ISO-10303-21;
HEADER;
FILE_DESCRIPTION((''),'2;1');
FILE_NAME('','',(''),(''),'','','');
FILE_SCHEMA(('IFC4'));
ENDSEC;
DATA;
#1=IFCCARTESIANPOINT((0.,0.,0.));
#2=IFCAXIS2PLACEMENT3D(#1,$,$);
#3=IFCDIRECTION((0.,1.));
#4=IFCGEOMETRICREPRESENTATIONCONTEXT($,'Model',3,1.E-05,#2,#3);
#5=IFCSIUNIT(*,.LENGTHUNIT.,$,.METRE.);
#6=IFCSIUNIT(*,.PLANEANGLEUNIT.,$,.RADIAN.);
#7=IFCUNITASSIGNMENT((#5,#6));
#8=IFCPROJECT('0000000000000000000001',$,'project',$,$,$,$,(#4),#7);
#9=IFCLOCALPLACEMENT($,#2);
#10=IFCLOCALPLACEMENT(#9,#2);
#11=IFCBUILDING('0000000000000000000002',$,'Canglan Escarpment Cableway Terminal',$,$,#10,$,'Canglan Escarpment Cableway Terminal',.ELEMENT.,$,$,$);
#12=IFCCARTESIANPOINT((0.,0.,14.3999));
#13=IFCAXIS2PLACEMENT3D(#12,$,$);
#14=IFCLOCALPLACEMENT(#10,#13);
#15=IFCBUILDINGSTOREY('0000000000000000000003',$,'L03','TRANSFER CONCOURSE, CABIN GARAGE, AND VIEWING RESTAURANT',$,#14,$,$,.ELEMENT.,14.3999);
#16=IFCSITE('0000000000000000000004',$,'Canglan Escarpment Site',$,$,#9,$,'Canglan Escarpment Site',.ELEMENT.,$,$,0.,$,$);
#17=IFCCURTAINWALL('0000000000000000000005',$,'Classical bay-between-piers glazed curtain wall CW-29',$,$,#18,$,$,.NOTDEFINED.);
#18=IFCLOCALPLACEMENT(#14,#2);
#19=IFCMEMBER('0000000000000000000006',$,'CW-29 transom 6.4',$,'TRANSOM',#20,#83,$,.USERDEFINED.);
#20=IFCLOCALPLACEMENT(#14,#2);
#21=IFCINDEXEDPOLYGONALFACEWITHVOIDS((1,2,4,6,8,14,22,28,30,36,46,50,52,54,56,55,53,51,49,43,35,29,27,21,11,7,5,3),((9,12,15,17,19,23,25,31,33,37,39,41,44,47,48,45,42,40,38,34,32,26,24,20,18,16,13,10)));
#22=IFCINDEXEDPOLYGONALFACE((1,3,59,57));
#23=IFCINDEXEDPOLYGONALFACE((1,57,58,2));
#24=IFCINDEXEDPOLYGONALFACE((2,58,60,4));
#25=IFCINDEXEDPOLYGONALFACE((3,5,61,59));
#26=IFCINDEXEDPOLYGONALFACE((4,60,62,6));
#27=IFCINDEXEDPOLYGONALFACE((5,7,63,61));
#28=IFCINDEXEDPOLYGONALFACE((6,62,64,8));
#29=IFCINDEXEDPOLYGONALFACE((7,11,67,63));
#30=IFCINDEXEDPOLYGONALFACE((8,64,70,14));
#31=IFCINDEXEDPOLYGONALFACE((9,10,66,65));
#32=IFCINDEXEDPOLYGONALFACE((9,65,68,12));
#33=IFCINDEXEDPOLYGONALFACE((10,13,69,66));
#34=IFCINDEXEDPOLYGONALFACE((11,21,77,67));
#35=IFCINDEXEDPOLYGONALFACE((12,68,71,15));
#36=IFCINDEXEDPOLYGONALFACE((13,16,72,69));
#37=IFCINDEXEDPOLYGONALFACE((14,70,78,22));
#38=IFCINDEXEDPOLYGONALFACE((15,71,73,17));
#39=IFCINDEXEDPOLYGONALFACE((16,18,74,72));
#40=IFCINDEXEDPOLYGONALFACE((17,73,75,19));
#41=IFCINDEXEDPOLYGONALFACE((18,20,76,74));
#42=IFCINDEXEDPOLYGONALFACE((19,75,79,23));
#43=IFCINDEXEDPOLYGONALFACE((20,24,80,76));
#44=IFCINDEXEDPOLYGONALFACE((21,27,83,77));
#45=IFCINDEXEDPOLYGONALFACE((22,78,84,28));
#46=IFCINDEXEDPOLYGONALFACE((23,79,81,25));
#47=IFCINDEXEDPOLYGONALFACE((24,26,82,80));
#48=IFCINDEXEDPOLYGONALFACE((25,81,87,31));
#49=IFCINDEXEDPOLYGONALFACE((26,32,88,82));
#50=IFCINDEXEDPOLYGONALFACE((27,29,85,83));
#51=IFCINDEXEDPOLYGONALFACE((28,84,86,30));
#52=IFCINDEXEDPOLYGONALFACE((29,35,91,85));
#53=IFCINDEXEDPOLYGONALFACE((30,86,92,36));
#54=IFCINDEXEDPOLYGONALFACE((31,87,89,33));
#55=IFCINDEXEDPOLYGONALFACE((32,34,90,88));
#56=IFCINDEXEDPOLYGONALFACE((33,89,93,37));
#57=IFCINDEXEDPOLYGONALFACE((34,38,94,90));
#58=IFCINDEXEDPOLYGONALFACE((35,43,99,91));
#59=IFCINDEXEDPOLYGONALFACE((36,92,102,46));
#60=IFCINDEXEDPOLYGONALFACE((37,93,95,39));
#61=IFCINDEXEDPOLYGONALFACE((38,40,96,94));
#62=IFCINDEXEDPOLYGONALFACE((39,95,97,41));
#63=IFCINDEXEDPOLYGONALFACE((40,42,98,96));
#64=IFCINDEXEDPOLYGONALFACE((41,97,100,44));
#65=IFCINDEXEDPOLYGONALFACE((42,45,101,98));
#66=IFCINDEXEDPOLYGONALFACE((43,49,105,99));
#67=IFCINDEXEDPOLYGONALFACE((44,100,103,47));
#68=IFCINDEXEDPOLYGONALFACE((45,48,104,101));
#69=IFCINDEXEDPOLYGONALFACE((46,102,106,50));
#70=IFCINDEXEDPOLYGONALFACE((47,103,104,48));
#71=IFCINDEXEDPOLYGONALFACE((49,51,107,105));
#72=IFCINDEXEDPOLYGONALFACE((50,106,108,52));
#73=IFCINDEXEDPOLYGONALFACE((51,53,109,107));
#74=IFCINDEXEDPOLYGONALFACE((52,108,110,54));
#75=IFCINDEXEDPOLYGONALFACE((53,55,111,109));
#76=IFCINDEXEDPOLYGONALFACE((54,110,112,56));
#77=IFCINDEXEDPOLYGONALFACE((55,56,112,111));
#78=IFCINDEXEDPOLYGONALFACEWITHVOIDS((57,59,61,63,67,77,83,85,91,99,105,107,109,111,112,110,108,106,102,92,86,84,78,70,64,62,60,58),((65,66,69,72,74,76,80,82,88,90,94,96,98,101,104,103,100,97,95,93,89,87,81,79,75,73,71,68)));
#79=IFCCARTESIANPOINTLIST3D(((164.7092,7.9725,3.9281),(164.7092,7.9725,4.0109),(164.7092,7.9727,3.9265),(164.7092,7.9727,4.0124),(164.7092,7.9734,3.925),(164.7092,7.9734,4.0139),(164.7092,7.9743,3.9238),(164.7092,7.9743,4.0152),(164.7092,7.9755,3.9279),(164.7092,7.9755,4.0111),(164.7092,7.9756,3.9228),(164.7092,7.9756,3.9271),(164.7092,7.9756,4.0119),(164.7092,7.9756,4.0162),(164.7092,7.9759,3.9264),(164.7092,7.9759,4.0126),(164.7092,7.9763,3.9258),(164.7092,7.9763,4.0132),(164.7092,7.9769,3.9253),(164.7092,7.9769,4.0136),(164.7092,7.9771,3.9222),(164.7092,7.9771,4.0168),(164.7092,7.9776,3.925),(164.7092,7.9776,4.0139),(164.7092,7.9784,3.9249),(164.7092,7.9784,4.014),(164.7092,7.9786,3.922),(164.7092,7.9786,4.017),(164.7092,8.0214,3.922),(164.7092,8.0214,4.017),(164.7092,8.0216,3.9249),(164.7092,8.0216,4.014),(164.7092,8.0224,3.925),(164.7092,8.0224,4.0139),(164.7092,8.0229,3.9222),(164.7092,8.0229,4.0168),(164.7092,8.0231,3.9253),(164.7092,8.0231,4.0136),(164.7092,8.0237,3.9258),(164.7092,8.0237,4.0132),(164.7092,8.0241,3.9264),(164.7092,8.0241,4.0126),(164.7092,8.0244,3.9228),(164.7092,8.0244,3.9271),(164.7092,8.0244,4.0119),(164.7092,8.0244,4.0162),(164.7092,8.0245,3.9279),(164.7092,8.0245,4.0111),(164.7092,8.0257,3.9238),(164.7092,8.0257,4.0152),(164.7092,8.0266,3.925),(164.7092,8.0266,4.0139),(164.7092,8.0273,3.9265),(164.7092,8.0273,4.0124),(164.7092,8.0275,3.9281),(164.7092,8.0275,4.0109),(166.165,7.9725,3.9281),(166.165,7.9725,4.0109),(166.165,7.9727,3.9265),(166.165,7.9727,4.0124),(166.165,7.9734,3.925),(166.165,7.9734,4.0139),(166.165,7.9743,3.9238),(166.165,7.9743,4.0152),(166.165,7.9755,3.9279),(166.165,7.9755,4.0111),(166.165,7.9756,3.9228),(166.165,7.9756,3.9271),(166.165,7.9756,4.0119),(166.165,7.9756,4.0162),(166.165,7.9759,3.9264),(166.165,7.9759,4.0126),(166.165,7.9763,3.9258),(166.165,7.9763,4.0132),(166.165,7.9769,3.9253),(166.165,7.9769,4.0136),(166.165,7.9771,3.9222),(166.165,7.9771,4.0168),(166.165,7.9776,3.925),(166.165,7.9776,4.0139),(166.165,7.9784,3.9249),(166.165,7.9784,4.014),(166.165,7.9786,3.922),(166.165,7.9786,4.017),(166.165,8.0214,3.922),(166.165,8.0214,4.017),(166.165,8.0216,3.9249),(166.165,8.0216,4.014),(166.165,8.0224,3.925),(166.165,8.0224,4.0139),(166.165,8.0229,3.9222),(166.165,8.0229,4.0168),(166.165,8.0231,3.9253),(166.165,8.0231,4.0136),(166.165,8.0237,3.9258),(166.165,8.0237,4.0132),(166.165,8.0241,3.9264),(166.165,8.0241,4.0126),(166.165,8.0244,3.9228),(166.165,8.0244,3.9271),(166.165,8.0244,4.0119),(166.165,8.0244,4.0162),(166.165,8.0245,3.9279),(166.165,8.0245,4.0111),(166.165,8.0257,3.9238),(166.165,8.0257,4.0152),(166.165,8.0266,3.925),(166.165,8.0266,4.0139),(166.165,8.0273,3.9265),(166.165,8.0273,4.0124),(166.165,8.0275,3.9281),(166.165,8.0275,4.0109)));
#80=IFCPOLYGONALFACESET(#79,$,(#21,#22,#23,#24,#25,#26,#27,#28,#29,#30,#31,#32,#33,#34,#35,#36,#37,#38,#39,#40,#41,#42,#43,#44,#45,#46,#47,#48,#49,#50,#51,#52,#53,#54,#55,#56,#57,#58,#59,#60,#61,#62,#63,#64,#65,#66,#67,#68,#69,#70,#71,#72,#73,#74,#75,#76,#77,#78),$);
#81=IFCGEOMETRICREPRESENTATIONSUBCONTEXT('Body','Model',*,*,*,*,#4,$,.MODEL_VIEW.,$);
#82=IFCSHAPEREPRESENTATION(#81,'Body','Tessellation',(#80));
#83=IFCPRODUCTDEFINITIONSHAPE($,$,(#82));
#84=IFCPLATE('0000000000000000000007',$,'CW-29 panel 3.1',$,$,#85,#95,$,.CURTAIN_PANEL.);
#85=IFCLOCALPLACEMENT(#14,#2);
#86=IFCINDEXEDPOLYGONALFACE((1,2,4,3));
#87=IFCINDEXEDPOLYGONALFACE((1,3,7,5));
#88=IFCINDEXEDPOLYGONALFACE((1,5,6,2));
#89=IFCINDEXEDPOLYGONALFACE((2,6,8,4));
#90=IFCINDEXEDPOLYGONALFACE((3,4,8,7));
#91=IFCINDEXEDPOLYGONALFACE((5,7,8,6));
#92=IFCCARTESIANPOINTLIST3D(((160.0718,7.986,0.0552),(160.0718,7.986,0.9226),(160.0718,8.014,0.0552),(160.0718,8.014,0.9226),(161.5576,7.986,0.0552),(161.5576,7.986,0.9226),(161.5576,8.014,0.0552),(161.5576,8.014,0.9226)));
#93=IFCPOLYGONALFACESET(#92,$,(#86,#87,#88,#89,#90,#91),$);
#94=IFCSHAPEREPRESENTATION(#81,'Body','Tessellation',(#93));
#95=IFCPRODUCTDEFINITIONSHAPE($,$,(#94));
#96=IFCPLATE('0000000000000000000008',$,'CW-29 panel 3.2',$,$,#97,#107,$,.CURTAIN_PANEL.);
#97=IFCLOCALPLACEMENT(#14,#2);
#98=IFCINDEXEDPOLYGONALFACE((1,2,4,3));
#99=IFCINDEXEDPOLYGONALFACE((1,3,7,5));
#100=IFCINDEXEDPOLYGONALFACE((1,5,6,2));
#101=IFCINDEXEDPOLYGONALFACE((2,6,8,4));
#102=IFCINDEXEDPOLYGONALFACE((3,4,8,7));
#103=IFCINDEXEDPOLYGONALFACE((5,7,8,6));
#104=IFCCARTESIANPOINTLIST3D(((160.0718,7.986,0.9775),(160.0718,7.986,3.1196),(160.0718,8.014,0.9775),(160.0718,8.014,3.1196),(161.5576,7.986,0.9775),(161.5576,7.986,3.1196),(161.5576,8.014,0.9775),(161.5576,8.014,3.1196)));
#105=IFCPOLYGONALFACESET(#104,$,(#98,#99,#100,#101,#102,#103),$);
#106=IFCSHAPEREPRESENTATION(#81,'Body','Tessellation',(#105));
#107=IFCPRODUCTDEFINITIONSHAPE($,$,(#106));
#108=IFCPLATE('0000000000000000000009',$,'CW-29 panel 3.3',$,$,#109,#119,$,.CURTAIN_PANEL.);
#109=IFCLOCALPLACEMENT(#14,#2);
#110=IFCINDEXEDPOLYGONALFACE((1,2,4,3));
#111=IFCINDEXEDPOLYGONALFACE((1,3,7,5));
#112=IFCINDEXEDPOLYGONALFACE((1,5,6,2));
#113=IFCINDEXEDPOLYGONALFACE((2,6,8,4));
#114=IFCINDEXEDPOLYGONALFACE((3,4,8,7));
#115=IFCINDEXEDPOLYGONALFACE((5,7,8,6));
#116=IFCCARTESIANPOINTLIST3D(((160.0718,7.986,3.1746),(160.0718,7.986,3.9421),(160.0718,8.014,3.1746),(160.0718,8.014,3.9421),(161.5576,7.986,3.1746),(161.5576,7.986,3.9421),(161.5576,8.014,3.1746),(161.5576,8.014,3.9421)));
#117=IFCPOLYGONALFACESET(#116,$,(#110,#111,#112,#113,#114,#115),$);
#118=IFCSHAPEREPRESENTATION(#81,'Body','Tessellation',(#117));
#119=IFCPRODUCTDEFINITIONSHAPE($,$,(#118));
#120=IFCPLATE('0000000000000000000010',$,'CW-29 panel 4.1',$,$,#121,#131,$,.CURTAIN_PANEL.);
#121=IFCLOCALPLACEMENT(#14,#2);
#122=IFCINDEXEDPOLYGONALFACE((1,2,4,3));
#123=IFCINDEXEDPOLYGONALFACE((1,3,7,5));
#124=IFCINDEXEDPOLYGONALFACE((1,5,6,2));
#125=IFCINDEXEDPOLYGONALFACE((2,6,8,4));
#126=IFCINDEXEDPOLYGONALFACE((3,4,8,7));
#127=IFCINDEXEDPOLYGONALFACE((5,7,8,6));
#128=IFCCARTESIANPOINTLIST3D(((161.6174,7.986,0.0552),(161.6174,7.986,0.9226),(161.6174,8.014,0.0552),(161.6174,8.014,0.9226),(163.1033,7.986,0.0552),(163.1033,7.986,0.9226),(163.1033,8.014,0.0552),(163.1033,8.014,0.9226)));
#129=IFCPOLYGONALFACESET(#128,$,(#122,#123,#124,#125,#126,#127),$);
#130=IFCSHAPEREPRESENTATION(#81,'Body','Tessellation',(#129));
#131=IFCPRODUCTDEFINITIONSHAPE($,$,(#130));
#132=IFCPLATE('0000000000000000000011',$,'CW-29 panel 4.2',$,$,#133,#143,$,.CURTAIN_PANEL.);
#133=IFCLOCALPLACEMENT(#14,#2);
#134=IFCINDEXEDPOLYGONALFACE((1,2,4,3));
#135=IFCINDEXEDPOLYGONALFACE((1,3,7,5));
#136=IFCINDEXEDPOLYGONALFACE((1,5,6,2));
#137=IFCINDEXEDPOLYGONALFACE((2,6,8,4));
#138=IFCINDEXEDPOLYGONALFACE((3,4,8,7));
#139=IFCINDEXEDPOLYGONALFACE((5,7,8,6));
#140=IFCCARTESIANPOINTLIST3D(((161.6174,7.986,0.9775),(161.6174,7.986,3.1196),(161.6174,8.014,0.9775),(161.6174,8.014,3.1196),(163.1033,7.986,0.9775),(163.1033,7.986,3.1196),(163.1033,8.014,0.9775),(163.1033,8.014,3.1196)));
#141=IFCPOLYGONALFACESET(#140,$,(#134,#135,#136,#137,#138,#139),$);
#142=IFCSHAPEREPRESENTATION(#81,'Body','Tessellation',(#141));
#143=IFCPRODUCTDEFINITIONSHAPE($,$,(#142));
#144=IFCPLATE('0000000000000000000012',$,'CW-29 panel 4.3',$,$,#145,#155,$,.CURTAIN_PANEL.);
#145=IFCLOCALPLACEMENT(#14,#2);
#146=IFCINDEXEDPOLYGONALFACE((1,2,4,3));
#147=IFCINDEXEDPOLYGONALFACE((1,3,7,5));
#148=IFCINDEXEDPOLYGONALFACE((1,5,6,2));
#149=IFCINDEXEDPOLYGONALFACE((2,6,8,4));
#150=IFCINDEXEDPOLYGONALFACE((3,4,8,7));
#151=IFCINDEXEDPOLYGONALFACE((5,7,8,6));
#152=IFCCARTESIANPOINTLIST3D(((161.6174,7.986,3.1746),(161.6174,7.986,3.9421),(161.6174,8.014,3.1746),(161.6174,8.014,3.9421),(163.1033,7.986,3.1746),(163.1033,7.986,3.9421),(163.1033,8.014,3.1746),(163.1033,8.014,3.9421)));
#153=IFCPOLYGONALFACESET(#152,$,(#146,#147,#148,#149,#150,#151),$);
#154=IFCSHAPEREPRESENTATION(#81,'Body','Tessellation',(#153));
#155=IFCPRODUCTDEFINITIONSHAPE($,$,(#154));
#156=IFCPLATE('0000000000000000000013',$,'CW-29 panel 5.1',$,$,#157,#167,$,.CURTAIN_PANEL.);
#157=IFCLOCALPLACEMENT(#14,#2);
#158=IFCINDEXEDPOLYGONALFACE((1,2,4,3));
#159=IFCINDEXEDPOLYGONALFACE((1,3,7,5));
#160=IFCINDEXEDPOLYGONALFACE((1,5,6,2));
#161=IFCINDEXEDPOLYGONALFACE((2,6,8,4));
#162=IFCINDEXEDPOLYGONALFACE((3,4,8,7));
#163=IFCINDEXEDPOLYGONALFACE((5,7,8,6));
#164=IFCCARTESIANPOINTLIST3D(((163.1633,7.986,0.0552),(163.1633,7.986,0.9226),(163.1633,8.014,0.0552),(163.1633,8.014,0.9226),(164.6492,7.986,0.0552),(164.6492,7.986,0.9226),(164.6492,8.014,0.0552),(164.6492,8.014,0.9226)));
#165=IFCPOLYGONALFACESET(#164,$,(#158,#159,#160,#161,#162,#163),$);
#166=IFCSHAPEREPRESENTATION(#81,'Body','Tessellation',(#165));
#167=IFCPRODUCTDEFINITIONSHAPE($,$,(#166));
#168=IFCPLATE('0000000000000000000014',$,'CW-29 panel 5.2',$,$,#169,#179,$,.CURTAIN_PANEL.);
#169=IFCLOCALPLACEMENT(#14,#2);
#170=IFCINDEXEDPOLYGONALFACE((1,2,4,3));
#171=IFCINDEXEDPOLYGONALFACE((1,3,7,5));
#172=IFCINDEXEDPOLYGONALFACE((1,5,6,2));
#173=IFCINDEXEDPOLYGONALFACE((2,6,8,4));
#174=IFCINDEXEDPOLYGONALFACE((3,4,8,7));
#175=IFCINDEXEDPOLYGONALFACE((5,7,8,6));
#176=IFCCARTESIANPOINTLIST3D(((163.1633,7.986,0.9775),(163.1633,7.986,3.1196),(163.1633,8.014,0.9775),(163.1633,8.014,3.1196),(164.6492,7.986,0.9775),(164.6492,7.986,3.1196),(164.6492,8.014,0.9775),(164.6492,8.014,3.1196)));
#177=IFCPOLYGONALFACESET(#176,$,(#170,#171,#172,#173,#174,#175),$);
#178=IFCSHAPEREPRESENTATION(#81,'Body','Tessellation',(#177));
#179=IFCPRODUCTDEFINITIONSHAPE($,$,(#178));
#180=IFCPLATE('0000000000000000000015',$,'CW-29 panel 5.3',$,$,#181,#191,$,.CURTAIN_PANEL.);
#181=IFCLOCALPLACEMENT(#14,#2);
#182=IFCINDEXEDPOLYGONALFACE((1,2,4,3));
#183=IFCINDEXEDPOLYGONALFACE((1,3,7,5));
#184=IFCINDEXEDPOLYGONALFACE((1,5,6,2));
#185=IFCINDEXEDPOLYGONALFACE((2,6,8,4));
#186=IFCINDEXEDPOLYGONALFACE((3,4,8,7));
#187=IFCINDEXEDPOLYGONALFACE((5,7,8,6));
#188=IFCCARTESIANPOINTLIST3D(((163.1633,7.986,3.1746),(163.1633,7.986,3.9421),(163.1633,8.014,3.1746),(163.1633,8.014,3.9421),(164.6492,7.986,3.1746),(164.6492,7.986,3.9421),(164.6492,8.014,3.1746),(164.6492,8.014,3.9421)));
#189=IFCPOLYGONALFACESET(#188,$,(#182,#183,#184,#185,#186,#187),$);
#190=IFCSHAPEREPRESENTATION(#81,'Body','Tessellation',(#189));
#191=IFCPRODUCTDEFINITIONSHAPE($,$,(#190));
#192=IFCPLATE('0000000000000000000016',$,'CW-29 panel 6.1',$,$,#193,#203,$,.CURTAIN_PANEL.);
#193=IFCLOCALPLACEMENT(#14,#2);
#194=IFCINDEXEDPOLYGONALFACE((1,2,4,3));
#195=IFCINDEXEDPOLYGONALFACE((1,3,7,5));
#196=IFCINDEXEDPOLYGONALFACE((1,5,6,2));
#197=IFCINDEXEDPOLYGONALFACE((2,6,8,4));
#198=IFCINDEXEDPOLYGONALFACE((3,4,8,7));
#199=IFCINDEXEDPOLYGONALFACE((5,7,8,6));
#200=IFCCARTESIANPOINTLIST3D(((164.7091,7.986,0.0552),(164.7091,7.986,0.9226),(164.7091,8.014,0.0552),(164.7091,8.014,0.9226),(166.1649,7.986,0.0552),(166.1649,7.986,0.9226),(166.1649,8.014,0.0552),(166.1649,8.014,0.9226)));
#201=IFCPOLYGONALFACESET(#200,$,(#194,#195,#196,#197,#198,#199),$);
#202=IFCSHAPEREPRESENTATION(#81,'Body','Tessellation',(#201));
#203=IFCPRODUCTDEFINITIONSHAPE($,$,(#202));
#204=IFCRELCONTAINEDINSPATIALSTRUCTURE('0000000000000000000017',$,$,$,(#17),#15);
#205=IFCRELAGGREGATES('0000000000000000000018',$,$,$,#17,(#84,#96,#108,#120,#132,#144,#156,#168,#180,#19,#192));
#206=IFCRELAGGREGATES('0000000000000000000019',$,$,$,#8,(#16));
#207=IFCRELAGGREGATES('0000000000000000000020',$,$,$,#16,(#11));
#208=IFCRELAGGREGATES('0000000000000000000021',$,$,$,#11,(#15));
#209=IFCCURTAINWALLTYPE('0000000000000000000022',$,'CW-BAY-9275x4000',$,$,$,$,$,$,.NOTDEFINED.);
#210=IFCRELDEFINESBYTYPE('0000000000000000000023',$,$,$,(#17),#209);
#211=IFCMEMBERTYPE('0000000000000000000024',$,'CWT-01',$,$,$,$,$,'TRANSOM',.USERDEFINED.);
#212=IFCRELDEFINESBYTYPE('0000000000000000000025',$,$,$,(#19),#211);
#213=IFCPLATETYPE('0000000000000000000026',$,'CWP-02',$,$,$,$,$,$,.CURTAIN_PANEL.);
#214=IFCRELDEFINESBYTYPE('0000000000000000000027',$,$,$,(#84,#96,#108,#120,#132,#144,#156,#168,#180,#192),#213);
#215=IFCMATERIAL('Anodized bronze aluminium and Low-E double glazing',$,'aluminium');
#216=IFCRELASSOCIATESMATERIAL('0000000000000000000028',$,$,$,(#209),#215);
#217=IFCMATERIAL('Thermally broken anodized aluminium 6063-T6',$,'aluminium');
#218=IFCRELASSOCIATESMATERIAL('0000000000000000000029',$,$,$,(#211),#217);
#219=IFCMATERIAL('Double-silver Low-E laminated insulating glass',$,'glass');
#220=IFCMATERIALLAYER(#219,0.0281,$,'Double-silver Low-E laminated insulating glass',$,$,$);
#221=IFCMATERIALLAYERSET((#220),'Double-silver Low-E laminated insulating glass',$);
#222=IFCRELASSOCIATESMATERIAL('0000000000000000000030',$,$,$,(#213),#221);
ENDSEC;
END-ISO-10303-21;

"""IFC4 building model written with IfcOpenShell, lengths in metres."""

from ifc_helpers import new_model, si_unit, direction, frame, origin, origin_2d, place, context, subcontext, project, spatial, rectangle, hollow_rectangle, extrude, material, layer, layer_set, material_profile, profile_set, type_object, element, aggregate, save


model = new_model("IFC4")

# Units and contexts
model_context = context("Model", 3, precision=1e-05, world=origin(), true_north=direction((0.0, 1.0)))
body_context = subcontext(model_context, "Body", "Model", "MODEL_VIEW")
ifc_project = project(units=[si_unit("LENGTHUNIT", "METRE"), si_unit("PLANEANGLEUNIT", "RADIAN")], contexts=[model_context])

# Site, building, storey
site_placement = place(None, origin())
site = spatial("IfcSite", under=ifc_project, at=site_placement, Name="Canglan Escarpment Site", LongName="Canglan Escarpment Site", CompositionType="ELEMENT", RefElevation=0.0)
building_placement = place(site_placement, origin())
building = spatial("IfcBuilding", under=site, at=building_placement, Name="Canglan Escarpment Cableway Terminal", LongName="Canglan Escarpment Cableway Terminal", CompositionType="ELEMENT")
storey_placement = place(building_placement, frame((0.0, 0.0, 14.3999)))
storey = spatial("IfcBuildingStorey", under=building, at=storey_placement, Name="L03", Description="TRANSFER CONCOURSE, CABIN GARAGE, AND VIEWING RESTAURANT", CompositionType="ELEMENT", Elevation=14.3999)

# Curtain wall, member, plates
ifc_material_1 = material(Name="Anodized bronze aluminium and Low-E double glazing", Category="aluminium")
curtain_wall_type = type_object("IfcCurtainWallType", Name="CW-BAY-9275x4000", PredefinedType="NOTDEFINED", material=ifc_material_1)
curtain_wall_placement = place(storey_placement, origin())
curtain_wall = element("IfcCurtainWall", 1, at=curtain_wall_placement, inside=storey, type_object=curtain_wall_type, Name="Classical bay-between-piers glazed curtain wall CW-29", PredefinedType="NOTDEFINED")
ifc_material_2 = material(Name="Thermally broken anodized aluminium 6063-T6", Category="aluminium")
ifc_material_profile_1 = material_profile(ifc_material_2, hollow_rectangle(XDim=0.0549, YDim=0.095, WallThickness=0.0029, InnerFilletRadius=0.0029, OuterFilletRadius=0.0061, at=origin_2d()), Name="ALU-TRAN 55x95x3")
ifc_profile_set_1 = profile_set([ifc_material_profile_1], Name="Thermally broken anodized aluminium 6063-T6")
member_type_1 = type_object("IfcMemberType", Name="CWT-01", ElementType="TRANSOM", PredefinedType="USERDEFINED", material=ifc_profile_set_1)
member_1_placement = place(storey_placement, frame((164.7092, 8.0, 3.9695), z_axis=(1.0, 0.0, 0.0), x_axis=(0.0, 1.0, 0.0)))
member_1 = element("IfcMember", 2, at=member_1_placement, type_object=member_type_1, Name="CW-29 transom 6.4", ObjectType="TRANSOM", PredefinedType="USERDEFINED", context=body_context, shape_type="SweptSolid", body=[
    extrude(hollow_rectangle(XDim=0.0549, YDim=0.095, WallThickness=0.0029, InnerFilletRadius=0.0029, OuterFilletRadius=0.0061, at=origin_2d()), origin(), (0.0, 0.0, 1.0), 1.4558),
])
ifc_material_3 = material(Name="Double-silver Low-E laminated insulating glass", Category="glass")
ifc_layer_1 = layer(ifc_material_3, 0.0281, Name="Double-silver Low-E laminated insulating glass")
ifc_layer_set_1 = layer_set([ifc_layer_1], Name="Double-silver Low-E laminated insulating glass")
plate_type = type_object("IfcPlateType", Name="CWP-02", PredefinedType="CURTAIN_PANEL", material=ifc_layer_set_1)
plate_1_placement = place(storey_placement, frame((160.8147, 8.0, 0.0552), z_axis=(0.0, 0.0, 1.0), x_axis=(1.0, 0.0, 0.0)))
plate_1 = element("IfcPlate", 3, at=plate_1_placement, type_object=plate_type, Name="CW-29 panel 3.1", PredefinedType="CURTAIN_PANEL", context=body_context, shape_type="SweptSolid", body=[
    extrude(rectangle(XDim=1.4858, YDim=0.0281, at=origin_2d()), origin(), (0.0, 0.0, 1.0), 0.8674),
])
plate_2_placement = place(storey_placement, frame((160.8147, 8.0, 0.9775), z_axis=(0.0, 0.0, 1.0), x_axis=(1.0, 0.0, 0.0)))
plate_2 = element("IfcPlate", 4, at=plate_2_placement, type_object=plate_type, Name="CW-29 panel 3.2", PredefinedType="CURTAIN_PANEL", context=body_context, shape_type="SweptSolid", body=[
    extrude(rectangle(XDim=1.4858, YDim=0.0281, at=origin_2d()), origin(), (0.0, 0.0, 1.0), 2.1421),
])
plate_3_placement = place(storey_placement, frame((160.8147, 8.0, 3.1746), z_axis=(0.0, 0.0, 1.0), x_axis=(1.0, 0.0, 0.0)))
plate_3 = element("IfcPlate", 5, at=plate_3_placement, type_object=plate_type, Name="CW-29 panel 3.3", PredefinedType="CURTAIN_PANEL", context=body_context, shape_type="SweptSolid", body=[
    extrude(rectangle(XDim=1.4858, YDim=0.0281, at=origin_2d()), origin(), (0.0, 0.0, 1.0), 0.7676),
])
plate_4_placement = place(storey_placement, frame((162.3604, 8.0, 0.0552), z_axis=(0.0, 0.0, 1.0), x_axis=(1.0, 0.0, 0.0)))
plate_4 = element("IfcPlate", 6, at=plate_4_placement, type_object=plate_type, Name="CW-29 panel 4.1", PredefinedType="CURTAIN_PANEL", context=body_context, shape_type="SweptSolid", body=[
    extrude(rectangle(XDim=1.4858, YDim=0.0281, at=origin_2d()), origin(), (0.0, 0.0, 1.0), 0.8674),
])
plate_5_placement = place(storey_placement, frame((162.3604, 8.0, 0.9775), z_axis=(0.0, 0.0, 1.0), x_axis=(1.0, 0.0, 0.0)))
plate_5 = element("IfcPlate", 7, at=plate_5_placement, type_object=plate_type, Name="CW-29 panel 4.2", PredefinedType="CURTAIN_PANEL", context=body_context, shape_type="SweptSolid", body=[
    extrude(rectangle(XDim=1.4858, YDim=0.0281, at=origin_2d()), origin(), (0.0, 0.0, 1.0), 2.1421),
])
plate_6_placement = place(storey_placement, frame((162.3604, 8.0, 3.1746), z_axis=(0.0, 0.0, 1.0), x_axis=(1.0, 0.0, 0.0)))
plate_6 = element("IfcPlate", 8, at=plate_6_placement, type_object=plate_type, Name="CW-29 panel 4.3", PredefinedType="CURTAIN_PANEL", context=body_context, shape_type="SweptSolid", body=[
    extrude(rectangle(XDim=1.4858, YDim=0.0281, at=origin_2d()), origin(), (0.0, 0.0, 1.0), 0.7676),
])
plate_7_placement = place(storey_placement, frame((163.9062, 8.0, 0.0552), z_axis=(0.0, 0.0, 1.0), x_axis=(1.0, 0.0, 0.0)))
plate_7 = element("IfcPlate", 9, at=plate_7_placement, type_object=plate_type, Name="CW-29 panel 5.1", PredefinedType="CURTAIN_PANEL", context=body_context, shape_type="SweptSolid", body=[
    extrude(rectangle(XDim=1.4858, YDim=0.0281, at=origin_2d()), origin(), (0.0, 0.0, 1.0), 0.8674),
])
plate_8_placement = place(storey_placement, frame((163.9062, 8.0, 0.9775), z_axis=(0.0, 0.0, 1.0), x_axis=(1.0, 0.0, 0.0)))
plate_8 = element("IfcPlate", 10, at=plate_8_placement, type_object=plate_type, Name="CW-29 panel 5.2", PredefinedType="CURTAIN_PANEL", context=body_context, shape_type="SweptSolid", body=[
    extrude(rectangle(XDim=1.4858, YDim=0.0281, at=origin_2d()), origin(), (0.0, 0.0, 1.0), 2.1421),
])
plate_9_placement = place(storey_placement, frame((163.9062, 8.0, 3.1746), z_axis=(0.0, 0.0, 1.0), x_axis=(1.0, 0.0, 0.0)))
plate_9 = element("IfcPlate", 11, at=plate_9_placement, type_object=plate_type, Name="CW-29 panel 5.3", PredefinedType="CURTAIN_PANEL", context=body_context, shape_type="SweptSolid", body=[
    extrude(rectangle(XDim=1.4858, YDim=0.0281, at=origin_2d()), origin(), (0.0, 0.0, 1.0), 0.7676),
])
plate_10_placement = place(storey_placement, frame((165.437, 8.0, 0.0552), z_axis=(0.0, 0.0, 1.0), x_axis=(1.0, 0.0, 0.0)))
plate_10 = element("IfcPlate", 12, at=plate_10_placement, type_object=plate_type, Name="CW-29 panel 6.1", PredefinedType="CURTAIN_PANEL", context=body_context, shape_type="SweptSolid", body=[
    extrude(rectangle(XDim=1.4558, YDim=0.0281, at=origin_2d()), origin(), (0.0, 0.0, 1.0), 0.8674),
])
aggregate(curtain_wall, [plate_1, plate_2, plate_3, plate_4, plate_5, plate_6, plate_7, plate_8, plate_9, member_1, plate_10])

save(model, "model.ifc")
